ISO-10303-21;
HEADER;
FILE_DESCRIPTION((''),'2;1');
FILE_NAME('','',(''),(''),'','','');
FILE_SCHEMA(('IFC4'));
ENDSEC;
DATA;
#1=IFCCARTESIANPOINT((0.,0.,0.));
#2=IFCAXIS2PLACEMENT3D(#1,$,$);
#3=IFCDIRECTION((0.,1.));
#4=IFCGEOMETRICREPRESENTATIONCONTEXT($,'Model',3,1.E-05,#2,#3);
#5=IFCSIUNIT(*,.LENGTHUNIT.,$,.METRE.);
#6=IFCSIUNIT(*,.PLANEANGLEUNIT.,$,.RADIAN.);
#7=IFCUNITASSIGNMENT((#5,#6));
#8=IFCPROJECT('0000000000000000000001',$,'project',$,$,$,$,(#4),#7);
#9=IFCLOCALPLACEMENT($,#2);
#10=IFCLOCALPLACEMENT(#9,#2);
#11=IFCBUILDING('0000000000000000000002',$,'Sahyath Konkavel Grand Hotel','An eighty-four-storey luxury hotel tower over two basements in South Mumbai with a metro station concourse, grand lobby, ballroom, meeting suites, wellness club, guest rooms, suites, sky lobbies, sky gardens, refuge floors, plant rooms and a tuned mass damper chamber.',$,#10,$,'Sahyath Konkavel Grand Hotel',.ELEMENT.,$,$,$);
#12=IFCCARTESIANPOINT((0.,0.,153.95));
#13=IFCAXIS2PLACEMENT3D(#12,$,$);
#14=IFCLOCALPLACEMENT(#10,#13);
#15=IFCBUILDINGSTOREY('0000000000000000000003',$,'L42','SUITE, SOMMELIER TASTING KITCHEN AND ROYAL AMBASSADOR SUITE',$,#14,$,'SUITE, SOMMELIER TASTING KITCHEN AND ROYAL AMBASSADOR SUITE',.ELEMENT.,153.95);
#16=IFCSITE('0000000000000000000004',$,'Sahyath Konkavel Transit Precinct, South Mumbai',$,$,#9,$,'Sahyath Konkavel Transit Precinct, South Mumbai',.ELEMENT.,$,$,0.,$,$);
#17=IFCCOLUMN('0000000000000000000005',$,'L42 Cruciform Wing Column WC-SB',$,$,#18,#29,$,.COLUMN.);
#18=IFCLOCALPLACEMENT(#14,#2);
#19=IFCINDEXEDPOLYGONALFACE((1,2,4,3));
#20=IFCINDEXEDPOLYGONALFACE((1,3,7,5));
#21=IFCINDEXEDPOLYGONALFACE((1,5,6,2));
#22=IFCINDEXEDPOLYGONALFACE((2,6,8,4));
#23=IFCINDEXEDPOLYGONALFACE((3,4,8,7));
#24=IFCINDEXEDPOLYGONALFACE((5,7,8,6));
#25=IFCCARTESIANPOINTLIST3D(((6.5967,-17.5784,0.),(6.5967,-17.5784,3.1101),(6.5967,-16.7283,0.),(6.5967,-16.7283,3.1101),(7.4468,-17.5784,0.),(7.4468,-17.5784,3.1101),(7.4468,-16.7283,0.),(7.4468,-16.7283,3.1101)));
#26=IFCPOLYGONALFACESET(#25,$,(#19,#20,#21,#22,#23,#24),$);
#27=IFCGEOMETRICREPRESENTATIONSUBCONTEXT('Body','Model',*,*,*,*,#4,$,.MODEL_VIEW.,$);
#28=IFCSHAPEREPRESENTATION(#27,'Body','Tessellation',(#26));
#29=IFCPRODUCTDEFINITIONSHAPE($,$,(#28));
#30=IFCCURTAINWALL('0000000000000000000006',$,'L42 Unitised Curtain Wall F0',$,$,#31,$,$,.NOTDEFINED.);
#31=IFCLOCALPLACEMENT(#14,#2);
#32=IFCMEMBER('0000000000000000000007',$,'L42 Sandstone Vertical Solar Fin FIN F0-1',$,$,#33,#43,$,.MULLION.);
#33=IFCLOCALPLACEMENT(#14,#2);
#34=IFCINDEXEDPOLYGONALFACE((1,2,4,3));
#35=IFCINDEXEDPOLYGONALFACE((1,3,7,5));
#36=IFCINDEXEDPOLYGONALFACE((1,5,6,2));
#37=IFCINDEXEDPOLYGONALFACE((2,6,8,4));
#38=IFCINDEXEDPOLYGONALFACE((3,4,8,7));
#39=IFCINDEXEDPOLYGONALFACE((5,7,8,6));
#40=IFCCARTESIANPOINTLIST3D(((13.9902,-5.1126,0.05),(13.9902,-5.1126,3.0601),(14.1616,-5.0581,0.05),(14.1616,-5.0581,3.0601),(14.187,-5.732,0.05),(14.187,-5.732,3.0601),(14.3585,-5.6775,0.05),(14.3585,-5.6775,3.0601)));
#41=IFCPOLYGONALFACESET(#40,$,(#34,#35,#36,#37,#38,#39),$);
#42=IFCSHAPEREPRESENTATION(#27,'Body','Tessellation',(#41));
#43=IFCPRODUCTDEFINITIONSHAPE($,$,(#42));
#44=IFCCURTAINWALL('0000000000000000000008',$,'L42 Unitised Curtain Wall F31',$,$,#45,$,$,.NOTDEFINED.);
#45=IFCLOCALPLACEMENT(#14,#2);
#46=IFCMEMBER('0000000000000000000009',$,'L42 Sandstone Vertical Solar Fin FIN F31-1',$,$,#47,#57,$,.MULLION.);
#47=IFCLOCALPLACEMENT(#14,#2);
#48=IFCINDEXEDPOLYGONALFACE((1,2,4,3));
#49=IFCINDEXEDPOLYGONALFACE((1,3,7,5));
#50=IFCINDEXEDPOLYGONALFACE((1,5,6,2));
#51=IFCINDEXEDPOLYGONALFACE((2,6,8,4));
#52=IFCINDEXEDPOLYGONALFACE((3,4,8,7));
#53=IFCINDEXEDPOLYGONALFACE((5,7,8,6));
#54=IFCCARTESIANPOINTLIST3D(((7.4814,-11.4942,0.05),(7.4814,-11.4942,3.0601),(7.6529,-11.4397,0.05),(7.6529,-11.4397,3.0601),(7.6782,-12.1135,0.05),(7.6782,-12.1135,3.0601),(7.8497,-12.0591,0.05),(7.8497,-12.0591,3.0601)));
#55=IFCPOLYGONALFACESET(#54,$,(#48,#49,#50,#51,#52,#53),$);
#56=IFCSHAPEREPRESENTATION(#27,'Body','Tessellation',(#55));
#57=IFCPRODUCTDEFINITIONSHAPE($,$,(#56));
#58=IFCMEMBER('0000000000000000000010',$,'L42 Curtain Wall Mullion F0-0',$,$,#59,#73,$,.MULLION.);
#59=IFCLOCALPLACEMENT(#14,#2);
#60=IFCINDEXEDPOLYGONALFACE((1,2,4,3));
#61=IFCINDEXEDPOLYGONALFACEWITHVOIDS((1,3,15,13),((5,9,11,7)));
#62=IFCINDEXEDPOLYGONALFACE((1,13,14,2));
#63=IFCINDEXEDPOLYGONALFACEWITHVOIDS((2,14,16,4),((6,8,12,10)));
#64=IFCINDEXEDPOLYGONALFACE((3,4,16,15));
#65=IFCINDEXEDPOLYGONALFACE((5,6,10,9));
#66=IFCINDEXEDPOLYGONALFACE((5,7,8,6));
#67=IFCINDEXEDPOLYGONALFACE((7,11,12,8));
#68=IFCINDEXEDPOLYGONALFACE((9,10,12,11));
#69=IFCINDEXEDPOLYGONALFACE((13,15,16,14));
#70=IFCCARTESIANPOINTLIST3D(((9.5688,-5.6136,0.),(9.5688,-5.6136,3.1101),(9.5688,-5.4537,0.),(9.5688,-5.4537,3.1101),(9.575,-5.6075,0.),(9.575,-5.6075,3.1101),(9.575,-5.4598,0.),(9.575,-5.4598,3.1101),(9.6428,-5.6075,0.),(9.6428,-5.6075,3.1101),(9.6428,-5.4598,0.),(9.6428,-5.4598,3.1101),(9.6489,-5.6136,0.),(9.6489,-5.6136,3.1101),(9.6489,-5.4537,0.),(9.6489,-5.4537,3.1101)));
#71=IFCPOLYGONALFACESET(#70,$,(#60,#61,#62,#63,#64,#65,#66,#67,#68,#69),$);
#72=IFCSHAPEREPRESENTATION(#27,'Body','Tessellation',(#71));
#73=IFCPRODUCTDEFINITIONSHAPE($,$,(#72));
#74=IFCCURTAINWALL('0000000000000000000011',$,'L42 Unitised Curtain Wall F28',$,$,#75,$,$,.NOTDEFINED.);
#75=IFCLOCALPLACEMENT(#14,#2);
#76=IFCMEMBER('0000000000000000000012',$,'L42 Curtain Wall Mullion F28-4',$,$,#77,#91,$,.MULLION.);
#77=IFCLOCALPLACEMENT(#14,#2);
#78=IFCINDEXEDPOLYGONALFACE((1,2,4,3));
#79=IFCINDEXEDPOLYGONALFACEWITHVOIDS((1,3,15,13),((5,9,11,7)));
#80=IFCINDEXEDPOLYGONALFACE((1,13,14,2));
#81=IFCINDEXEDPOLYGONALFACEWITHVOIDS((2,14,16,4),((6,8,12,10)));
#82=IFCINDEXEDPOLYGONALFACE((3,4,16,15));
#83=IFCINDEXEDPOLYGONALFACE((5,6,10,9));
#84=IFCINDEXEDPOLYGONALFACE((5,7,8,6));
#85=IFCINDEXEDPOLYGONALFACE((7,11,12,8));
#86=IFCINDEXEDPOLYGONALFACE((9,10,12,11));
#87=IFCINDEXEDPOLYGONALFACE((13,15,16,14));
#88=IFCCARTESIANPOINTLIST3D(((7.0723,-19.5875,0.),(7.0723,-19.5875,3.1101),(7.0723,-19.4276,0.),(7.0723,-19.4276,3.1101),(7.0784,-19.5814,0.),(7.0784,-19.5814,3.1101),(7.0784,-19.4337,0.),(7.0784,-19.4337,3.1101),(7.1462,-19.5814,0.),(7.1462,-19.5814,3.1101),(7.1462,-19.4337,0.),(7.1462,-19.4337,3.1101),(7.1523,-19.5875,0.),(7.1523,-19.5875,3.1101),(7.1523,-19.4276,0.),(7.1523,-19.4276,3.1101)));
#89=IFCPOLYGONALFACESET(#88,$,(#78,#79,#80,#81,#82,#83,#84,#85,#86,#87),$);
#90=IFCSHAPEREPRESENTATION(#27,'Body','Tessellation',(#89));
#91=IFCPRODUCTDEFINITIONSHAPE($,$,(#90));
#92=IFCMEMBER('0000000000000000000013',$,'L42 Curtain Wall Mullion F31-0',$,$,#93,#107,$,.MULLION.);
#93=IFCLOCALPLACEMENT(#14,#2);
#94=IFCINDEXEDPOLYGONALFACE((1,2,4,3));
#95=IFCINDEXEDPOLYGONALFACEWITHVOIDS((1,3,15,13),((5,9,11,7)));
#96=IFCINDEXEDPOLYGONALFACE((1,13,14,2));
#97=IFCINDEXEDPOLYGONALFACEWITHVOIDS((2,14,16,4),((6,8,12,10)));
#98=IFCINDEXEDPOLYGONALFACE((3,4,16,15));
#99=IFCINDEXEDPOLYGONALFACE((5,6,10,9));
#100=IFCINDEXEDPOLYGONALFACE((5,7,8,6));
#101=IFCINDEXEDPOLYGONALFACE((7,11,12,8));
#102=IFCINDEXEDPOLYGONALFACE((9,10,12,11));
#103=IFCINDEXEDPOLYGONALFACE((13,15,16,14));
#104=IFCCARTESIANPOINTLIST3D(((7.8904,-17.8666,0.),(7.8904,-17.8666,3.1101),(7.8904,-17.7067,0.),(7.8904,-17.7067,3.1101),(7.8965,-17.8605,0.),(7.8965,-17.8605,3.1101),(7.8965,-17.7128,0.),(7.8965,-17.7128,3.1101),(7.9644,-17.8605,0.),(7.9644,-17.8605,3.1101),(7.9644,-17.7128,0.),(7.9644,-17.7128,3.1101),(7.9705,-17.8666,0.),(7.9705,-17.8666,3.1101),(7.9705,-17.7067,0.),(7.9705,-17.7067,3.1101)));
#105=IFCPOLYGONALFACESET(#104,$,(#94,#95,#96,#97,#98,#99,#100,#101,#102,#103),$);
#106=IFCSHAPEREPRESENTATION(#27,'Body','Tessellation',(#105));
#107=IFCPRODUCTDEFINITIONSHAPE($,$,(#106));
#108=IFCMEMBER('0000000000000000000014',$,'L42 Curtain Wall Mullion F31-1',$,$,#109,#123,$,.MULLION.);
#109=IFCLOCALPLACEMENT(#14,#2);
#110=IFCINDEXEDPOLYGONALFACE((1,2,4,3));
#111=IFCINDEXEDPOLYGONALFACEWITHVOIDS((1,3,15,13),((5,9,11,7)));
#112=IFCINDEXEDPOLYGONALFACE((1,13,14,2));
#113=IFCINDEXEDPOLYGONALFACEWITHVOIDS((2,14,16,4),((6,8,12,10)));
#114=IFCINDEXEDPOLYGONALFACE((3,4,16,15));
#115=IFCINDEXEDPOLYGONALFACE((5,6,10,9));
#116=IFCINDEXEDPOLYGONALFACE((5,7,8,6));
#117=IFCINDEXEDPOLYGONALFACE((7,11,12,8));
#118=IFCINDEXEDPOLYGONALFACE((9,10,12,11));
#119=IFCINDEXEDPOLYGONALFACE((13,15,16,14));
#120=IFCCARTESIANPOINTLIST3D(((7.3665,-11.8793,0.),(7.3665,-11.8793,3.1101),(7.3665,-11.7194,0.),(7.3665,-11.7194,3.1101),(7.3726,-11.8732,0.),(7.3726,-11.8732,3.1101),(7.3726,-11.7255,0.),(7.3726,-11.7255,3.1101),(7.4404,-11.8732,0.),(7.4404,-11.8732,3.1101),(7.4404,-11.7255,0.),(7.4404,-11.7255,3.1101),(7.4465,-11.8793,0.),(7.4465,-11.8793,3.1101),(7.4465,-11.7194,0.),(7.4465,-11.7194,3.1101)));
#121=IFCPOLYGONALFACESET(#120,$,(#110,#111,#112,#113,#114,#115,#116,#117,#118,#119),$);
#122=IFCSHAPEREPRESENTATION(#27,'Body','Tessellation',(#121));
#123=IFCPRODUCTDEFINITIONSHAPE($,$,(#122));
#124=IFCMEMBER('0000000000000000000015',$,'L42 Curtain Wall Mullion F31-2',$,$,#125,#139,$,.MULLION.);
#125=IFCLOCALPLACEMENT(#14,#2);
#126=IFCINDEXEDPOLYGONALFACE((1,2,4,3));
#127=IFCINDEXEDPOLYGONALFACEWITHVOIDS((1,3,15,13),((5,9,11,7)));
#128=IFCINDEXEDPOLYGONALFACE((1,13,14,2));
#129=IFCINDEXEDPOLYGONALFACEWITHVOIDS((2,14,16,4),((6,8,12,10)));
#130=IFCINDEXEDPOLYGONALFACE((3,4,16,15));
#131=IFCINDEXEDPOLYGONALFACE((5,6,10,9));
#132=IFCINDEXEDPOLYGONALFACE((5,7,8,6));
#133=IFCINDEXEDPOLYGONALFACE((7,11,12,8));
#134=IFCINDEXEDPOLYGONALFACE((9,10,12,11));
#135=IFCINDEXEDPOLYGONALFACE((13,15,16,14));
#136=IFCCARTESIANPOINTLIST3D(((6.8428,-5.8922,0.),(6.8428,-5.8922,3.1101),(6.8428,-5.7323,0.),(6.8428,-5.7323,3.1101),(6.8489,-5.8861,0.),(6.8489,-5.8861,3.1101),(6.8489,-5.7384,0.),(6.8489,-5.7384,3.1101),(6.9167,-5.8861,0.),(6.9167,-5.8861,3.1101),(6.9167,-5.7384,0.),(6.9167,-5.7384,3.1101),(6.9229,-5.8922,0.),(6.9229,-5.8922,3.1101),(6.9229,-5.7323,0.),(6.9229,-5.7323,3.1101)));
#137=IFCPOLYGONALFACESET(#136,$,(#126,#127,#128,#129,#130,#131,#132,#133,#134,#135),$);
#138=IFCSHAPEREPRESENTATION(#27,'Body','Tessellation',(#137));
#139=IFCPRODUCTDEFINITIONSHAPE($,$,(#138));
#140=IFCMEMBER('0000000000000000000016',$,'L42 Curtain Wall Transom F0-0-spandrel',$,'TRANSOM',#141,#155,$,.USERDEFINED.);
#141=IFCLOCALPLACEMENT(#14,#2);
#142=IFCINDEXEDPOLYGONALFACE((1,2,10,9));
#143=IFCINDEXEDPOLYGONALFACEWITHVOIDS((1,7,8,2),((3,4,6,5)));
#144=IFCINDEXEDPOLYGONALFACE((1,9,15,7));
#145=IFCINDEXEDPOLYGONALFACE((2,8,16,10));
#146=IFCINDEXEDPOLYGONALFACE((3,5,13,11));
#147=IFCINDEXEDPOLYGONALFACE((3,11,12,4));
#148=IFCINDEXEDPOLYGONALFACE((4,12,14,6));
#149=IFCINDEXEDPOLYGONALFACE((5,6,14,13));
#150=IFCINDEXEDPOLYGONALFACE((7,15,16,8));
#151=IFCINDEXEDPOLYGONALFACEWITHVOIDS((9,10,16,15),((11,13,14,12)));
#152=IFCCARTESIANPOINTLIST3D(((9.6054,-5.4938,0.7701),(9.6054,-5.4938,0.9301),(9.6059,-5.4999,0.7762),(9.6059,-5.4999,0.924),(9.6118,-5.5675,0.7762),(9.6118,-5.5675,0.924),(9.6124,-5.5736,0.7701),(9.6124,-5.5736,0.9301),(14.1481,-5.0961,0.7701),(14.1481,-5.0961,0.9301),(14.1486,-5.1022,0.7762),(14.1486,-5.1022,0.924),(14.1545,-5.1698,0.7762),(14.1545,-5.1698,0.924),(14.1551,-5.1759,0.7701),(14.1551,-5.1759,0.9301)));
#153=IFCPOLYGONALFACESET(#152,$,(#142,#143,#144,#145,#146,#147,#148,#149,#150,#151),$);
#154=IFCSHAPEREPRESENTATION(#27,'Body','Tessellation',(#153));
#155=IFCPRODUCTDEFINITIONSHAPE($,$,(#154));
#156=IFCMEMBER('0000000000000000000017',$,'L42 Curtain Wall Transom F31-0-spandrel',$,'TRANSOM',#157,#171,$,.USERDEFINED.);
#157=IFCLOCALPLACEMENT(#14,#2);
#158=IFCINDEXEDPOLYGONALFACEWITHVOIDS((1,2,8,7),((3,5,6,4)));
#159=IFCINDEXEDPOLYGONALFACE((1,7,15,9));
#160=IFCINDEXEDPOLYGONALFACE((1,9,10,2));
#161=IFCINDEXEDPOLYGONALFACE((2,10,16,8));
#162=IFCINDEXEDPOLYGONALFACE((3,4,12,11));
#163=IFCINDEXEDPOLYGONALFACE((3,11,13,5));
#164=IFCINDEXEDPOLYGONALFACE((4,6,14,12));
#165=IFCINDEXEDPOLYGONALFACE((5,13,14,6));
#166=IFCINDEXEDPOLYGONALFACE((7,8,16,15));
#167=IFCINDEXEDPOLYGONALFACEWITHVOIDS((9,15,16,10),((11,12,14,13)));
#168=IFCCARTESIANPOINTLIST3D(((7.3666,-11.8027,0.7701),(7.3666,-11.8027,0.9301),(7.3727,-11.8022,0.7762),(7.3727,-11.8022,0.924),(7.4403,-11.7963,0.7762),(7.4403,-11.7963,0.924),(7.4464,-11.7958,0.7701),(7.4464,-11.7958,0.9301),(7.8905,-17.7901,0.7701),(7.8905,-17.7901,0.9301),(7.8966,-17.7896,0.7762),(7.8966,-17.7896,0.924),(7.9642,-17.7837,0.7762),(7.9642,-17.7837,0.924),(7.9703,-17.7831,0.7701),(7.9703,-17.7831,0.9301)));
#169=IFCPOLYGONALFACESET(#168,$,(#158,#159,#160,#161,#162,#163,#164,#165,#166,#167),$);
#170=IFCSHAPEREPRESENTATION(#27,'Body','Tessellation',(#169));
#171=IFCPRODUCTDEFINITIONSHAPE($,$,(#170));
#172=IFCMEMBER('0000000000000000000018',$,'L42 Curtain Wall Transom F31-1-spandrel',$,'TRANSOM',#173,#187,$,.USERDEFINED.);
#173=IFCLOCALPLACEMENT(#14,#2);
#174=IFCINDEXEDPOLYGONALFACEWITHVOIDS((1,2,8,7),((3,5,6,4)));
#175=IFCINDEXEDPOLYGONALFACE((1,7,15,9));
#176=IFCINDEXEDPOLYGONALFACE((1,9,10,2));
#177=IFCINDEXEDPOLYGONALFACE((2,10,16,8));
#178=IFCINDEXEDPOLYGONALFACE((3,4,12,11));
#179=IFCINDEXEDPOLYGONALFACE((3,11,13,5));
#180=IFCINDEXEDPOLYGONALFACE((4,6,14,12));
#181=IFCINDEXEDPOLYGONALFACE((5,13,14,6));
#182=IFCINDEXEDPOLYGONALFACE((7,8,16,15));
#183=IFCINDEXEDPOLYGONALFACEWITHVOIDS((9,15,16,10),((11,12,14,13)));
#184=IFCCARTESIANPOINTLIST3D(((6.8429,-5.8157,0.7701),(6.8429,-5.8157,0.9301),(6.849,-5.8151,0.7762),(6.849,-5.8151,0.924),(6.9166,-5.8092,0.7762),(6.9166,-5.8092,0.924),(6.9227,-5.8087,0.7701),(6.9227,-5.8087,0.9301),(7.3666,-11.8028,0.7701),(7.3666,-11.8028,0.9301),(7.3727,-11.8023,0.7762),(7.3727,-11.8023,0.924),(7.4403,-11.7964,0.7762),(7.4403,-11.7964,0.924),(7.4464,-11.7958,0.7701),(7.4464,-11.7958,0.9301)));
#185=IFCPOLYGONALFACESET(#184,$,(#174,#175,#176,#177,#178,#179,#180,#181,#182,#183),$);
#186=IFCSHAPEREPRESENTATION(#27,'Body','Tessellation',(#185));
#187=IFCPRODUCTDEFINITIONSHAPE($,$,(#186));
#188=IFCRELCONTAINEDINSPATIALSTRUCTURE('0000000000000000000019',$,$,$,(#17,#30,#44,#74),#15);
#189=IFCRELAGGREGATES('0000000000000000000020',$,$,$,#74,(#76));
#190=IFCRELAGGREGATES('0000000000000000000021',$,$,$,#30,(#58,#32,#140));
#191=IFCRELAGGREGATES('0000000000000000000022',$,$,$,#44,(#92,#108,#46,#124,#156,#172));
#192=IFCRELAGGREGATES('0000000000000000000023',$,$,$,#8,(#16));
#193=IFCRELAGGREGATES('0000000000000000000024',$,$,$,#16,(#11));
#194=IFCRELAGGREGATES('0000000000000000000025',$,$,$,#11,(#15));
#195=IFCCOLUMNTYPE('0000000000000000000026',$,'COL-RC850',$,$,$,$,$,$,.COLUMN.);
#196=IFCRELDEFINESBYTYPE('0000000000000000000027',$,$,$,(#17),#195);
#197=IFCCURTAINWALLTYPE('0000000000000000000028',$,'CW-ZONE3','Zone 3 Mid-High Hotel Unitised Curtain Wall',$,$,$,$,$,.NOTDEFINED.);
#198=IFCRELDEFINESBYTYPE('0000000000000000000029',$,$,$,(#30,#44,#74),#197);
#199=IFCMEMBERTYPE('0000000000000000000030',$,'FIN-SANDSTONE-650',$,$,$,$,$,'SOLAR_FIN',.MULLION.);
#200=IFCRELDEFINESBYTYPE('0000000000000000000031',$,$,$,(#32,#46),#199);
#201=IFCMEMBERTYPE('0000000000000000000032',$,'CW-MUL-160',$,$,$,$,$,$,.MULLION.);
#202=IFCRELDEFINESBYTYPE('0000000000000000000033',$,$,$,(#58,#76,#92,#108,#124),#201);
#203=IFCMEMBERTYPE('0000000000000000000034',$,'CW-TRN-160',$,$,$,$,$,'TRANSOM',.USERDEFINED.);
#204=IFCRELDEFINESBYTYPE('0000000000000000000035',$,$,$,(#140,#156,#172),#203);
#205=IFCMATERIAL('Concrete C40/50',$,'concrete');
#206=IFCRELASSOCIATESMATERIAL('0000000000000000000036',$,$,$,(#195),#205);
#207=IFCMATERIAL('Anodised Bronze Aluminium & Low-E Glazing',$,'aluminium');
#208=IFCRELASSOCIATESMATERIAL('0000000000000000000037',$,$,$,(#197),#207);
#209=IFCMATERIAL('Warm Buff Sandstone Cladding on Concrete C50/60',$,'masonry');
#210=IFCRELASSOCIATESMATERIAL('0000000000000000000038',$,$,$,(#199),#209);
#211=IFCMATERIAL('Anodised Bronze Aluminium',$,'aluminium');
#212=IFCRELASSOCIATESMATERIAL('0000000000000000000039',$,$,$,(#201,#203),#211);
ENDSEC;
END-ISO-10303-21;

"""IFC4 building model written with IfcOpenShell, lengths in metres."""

from ifc_helpers import new_model, si_unit, direction, frame, origin, origin_2d, place, context, subcontext, project, spatial, rectangle, hollow_rectangle, extrude, source, transform, mapped, material, material_profile, profile_set, type_object, element, aggregate, save


model = new_model("IFC4")

# Units and contexts
model_context = context("Model", 3, precision=1e-05, world=origin(), true_north=direction((0.0, 1.0)))
body_context = subcontext(model_context, "Body", "Model", "MODEL_VIEW")
ifc_project = project(units=[si_unit("LENGTHUNIT", "METRE"), si_unit("PLANEANGLEUNIT", "RADIAN")], contexts=[model_context])

# Site, building, storey
site_placement = place(None, origin())
site = spatial("IfcSite", under=ifc_project, at=site_placement, Name="Sahyath Konkavel Transit Precinct, South Mumbai", LongName="Sahyath Konkavel Transit Precinct, South Mumbai", CompositionType="ELEMENT", RefElevation=0.0)
building_placement = place(site_placement, origin())
building = spatial("IfcBuilding", under=site, at=building_placement, Name="Sahyath Konkavel Grand Hotel", Description="An eighty-four-storey luxury hotel tower over two basements in South Mumbai with a metro station concourse, grand lobby, ballroom, meeting suites, wellness club, guest rooms, suites, sky lobbies, sky gardens, refuge floors, plant rooms and a tuned mass damper chamber.", LongName="Sahyath Konkavel Grand Hotel", CompositionType="ELEMENT")
storey_placement = place(building_placement, frame((0.0, 0.0, 153.95)))
storey = spatial("IfcBuildingStorey", under=building, at=storey_placement, Name="L42", Description="SUITE, SOMMELIER TASTING KITCHEN AND ROYAL AMBASSADOR SUITE", LongName="SUITE, SOMMELIER TASTING KITCHEN AND ROYAL AMBASSADOR SUITE", CompositionType="ELEMENT", Elevation=153.95)

# Column
ifc_material_1 = material(Name="Concrete C40/50", Category="concrete")
ifc_material_profile_1 = material_profile(ifc_material_1, rectangle(XDim=0.8501, YDim=0.8501, at=origin_2d()), Name="RC 850x850")
ifc_profile_set_1 = profile_set([ifc_material_profile_1], Name="Concrete C40/50")
column_type = type_object("IfcColumnType", Name="COL-RC850", PredefinedType="COLUMN", material=ifc_profile_set_1)
shared_shape_1 = source(origin(), body_context, "Body", "SweptSolid", [
    extrude(rectangle(XDim=0.8501, YDim=0.8501, at=origin_2d()), origin(), (0.0, 0.0, 1.0), 3.1101),
])
column_placement = place(storey_placement, frame((7.0217, -17.1533, 0.0), z_axis=(0.0, 0.0, 1.0), x_axis=(1.0, 0.0, 0.0)))
element("IfcColumn", 1, at=column_placement, inside=storey, type_object=column_type, Name="L42 Cruciform Wing Column WC-SB", PredefinedType="COLUMN", context=body_context, shape_type="MappedRepresentation", body=[
    mapped(shared_shape_1, transform((0.0, 0.0, 0.0), scale=1.0)),
])

# Curtain walls, members
ifc_material_2 = material(Name="Anodised Bronze Aluminium & Low-E Glazing", Category="aluminium")
curtain_wall_type = type_object("IfcCurtainWallType", Name="CW-ZONE3", Description="Zone 3 Mid-High Hotel Unitised Curtain Wall", PredefinedType="NOTDEFINED", material=ifc_material_2)
curtain_wall_1_placement = place(storey_placement, origin())
curtain_wall_1 = element("IfcCurtainWall", 2, at=curtain_wall_1_placement, inside=storey, type_object=curtain_wall_type, Name="L42 Unitised Curtain Wall F0", PredefinedType="NOTDEFINED")
ifc_material_3 = material(Name="Warm Buff Sandstone Cladding on Concrete C50/60", Category="masonry")
ifc_material_profile_2 = material_profile(ifc_material_3, rectangle(XDim=0.1799, YDim=0.6499, at=origin_2d()), Name="FIN 180x650")
ifc_profile_set_2 = profile_set([ifc_material_profile_2], Name="Warm Buff Sandstone Cladding on Concrete C50/60")
member_type_1 = type_object("IfcMemberType", Name="FIN-SANDSTONE-650", ElementType="SOLAR_FIN", PredefinedType="MULLION", material=ifc_profile_set_2)
shared_shape_2 = source(origin(), body_context, "Body", "SweptSolid", [
    extrude(rectangle(XDim=0.1799, YDim=0.6499, at=origin_2d()), origin(), (0.0, 0.0, 1.0), 3.01),
])
member_1_placement = place(storey_placement, frame((14.1743, -5.395, 0.05), z_axis=(0.0, 0.0, 1.0), x_axis=(0.953032, 0.302869, 0.0)))
member_1 = element("IfcMember", 3, at=member_1_placement, type_object=member_type_1, Name="L42 Sandstone Vertical Solar Fin FIN F0-1", PredefinedType="MULLION", context=body_context, shape_type="MappedRepresentation", body=[
    mapped(shared_shape_2, transform((0.0, 0.0, 0.0), scale=1.0)),
])
curtain_wall_2_placement = place(storey_placement, origin())
curtain_wall_2 = element("IfcCurtainWall", 4, at=curtain_wall_2_placement, inside=storey, type_object=curtain_wall_type, Name="L42 Unitised Curtain Wall F31", PredefinedType="NOTDEFINED")
member_2_placement = place(storey_placement, frame((7.6655, -11.7766, 0.05), z_axis=(0.0, 0.0, 1.0), x_axis=(0.953032, 0.302869, 0.0)))
member_2 = element("IfcMember", 5, at=member_2_placement, type_object=member_type_1, Name="L42 Sandstone Vertical Solar Fin FIN F31-1", PredefinedType="MULLION", context=body_context, shape_type="MappedRepresentation", body=[
    mapped(shared_shape_2, transform((0.0, 0.0, 0.0), scale=1.0)),
])

# Member
ifc_material_4 = material(Name="Anodised Bronze Aluminium", Category="aluminium")
ifc_material_profile_3 = material_profile(ifc_material_4, hollow_rectangle(XDim=0.0801, YDim=0.1599, WallThickness=0.0061, at=origin_2d()), Name="RHS 160x80x6")
ifc_profile_set_3 = profile_set([ifc_material_profile_3], Name="Anodised Bronze Aluminium")
member_type_2 = type_object("IfcMemberType", Name="CW-MUL-160", PredefinedType="MULLION", material=ifc_profile_set_3)
shared_shape_3 = source(origin(), body_context, "Body", "SweptSolid", [
    extrude(hollow_rectangle(XDim=0.0801, YDim=0.1599, WallThickness=0.0061, at=origin_2d()), origin(), (0.0, 0.0, 1.0), 3.1101),
])
member_3_placement = place(storey_placement, frame((9.6089, -5.5337, 0.0), z_axis=(0.0, 0.0, 1.0), x_axis=(1.0, 0.0, 0.0)))
member_3 = element("IfcMember", 6, at=member_3_placement, type_object=member_type_2, Name="L42 Curtain Wall Mullion F0-0", PredefinedType="MULLION", context=body_context, shape_type="MappedRepresentation", body=[
    mapped(shared_shape_3, transform((0.0, 0.0, 0.0), scale=1.0)),
])

# Curtain wall, member
curtain_wall_3_placement = place(storey_placement, origin())
curtain_wall_3 = element("IfcCurtainWall", 7, at=curtain_wall_3_placement, inside=storey, type_object=curtain_wall_type, Name="L42 Unitised Curtain Wall F28", PredefinedType="NOTDEFINED")
member_4_placement = place(storey_placement, frame((7.1123, -19.5076, 0.0), z_axis=(0.0, 0.0, 1.0), x_axis=(1.0, 0.0, 0.0)))
member_4 = element("IfcMember", 8, at=member_4_placement, type_object=member_type_2, Name="L42 Curtain Wall Mullion F28-4", PredefinedType="MULLION", context=body_context, shape_type="MappedRepresentation", body=[
    mapped(shared_shape_3, transform((0.0, 0.0, 0.0), scale=1.0)),
])
aggregate(curtain_wall_3, [member_4])

# Members
member_5_placement = place(storey_placement, frame((7.9304, -17.7866, 0.0), z_axis=(0.0, 0.0, 1.0), x_axis=(1.0, 0.0, 0.0)))
member_5 = element("IfcMember", 9, at=member_5_placement, type_object=member_type_2, Name="L42 Curtain Wall Mullion F31-0", PredefinedType="MULLION", context=body_context, shape_type="MappedRepresentation", body=[
    mapped(shared_shape_3, transform((0.0, 0.0, 0.0), scale=1.0)),
])
member_6_placement = place(storey_placement, frame((7.4065, -11.7993, 0.0), z_axis=(0.0, 0.0, 1.0), x_axis=(1.0, 0.0, 0.0)))
member_6 = element("IfcMember", 10, at=member_6_placement, type_object=member_type_2, Name="L42 Curtain Wall Mullion F31-1", PredefinedType="MULLION", context=body_context, shape_type="MappedRepresentation", body=[
    mapped(shared_shape_3, transform((0.0, 0.0, 0.0), scale=1.0)),
])
member_7_placement = place(storey_placement, frame((6.8828, -5.8123, 0.0), z_axis=(0.0, 0.0, 1.0), x_axis=(1.0, 0.0, 0.0)))
member_7 = element("IfcMember", 11, at=member_7_placement, type_object=member_type_2, Name="L42 Curtain Wall Mullion F31-2", PredefinedType="MULLION", context=body_context, shape_type="MappedRepresentation", body=[
    mapped(shared_shape_3, transform((0.0, 0.0, 0.0), scale=1.0)),
])
ifc_material_profile_4 = material_profile(ifc_material_4, hollow_rectangle(XDim=0.0801, YDim=0.1599, WallThickness=0.0061, at=origin_2d()), Name="RHS 160x80x6")
ifc_profile_set_4 = profile_set([ifc_material_profile_4], Name="Anodised Bronze Aluminium")
member_type_3 = type_object("IfcMemberType", Name="CW-TRN-160", ElementType="TRANSOM", PredefinedType="USERDEFINED", material=ifc_profile_set_4)
shared_shape_4 = source(origin(), body_context, "Body", "SweptSolid", [
    extrude(hollow_rectangle(XDim=0.0801, YDim=0.1599, WallThickness=0.0061, at=origin_2d()), origin(), (0.0, 0.0, 1.0), 4.5601),
])
member_8_placement = place(storey_placement, frame((9.6089, -5.5337, 0.8501), z_axis=(0.99619, 0.087214, 0.0), x_axis=(-0.087214, 0.99619, 0.0)))
member_8 = element("IfcMember", 12, at=member_8_placement, type_object=member_type_3, Name="L42 Curtain Wall Transom F0-0-spandrel", ObjectType="TRANSOM", PredefinedType="USERDEFINED", context=body_context, shape_type="MappedRepresentation", body=[
    mapped(shared_shape_4, transform((0.0, 0.0, 0.0), scale=1.0)),
])
shared_shape_5 = source(origin(), body_context, "Body", "SweptSolid", [
    extrude(hollow_rectangle(XDim=0.0801, YDim=0.1599, WallThickness=0.0061, at=origin_2d()), origin(), (0.0, 0.0, 1.0), 6.0103),
])
member_9_placement = place(storey_placement, frame((7.9304, -17.7866, 0.8501), z_axis=(-0.087173, 0.996193, 0.0), x_axis=(-0.996193, -0.087173, 0.0)))
member_9 = element("IfcMember", 13, at=member_9_placement, type_object=member_type_3, Name="L42 Curtain Wall Transom F31-0-spandrel", ObjectType="TRANSOM", PredefinedType="USERDEFINED", context=body_context, shape_type="MappedRepresentation", body=[
    mapped(shared_shape_5, transform((0.0, 0.0, 0.0), scale=1.0)),
])
shared_shape_6 = source(origin(), body_context, "Body", "SweptSolid", [
    extrude(hollow_rectangle(XDim=0.0801, YDim=0.1599, WallThickness=0.0061, at=origin_2d()), origin(), (0.0, 0.0, 1.0), 6.01),
])
member_10_placement = place(storey_placement, frame((7.4065, -11.7993, 0.8501), z_axis=(-0.087136, 0.996196, 0.0), x_axis=(-0.996196, -0.087136, 0.0)))
member_10 = element("IfcMember", 14, at=member_10_placement, type_object=member_type_3, Name="L42 Curtain Wall Transom F31-1-spandrel", ObjectType="TRANSOM", PredefinedType="USERDEFINED", context=body_context, shape_type="MappedRepresentation", body=[
    mapped(shared_shape_6, transform((0.0, 0.0, 0.0), scale=1.0)),
])

aggregate(curtain_wall_1, [member_3, member_1, member_8])
aggregate(curtain_wall_2, [member_5, member_6, member_2, member_7, member_9, member_10])

save(model, "model.ifc")
